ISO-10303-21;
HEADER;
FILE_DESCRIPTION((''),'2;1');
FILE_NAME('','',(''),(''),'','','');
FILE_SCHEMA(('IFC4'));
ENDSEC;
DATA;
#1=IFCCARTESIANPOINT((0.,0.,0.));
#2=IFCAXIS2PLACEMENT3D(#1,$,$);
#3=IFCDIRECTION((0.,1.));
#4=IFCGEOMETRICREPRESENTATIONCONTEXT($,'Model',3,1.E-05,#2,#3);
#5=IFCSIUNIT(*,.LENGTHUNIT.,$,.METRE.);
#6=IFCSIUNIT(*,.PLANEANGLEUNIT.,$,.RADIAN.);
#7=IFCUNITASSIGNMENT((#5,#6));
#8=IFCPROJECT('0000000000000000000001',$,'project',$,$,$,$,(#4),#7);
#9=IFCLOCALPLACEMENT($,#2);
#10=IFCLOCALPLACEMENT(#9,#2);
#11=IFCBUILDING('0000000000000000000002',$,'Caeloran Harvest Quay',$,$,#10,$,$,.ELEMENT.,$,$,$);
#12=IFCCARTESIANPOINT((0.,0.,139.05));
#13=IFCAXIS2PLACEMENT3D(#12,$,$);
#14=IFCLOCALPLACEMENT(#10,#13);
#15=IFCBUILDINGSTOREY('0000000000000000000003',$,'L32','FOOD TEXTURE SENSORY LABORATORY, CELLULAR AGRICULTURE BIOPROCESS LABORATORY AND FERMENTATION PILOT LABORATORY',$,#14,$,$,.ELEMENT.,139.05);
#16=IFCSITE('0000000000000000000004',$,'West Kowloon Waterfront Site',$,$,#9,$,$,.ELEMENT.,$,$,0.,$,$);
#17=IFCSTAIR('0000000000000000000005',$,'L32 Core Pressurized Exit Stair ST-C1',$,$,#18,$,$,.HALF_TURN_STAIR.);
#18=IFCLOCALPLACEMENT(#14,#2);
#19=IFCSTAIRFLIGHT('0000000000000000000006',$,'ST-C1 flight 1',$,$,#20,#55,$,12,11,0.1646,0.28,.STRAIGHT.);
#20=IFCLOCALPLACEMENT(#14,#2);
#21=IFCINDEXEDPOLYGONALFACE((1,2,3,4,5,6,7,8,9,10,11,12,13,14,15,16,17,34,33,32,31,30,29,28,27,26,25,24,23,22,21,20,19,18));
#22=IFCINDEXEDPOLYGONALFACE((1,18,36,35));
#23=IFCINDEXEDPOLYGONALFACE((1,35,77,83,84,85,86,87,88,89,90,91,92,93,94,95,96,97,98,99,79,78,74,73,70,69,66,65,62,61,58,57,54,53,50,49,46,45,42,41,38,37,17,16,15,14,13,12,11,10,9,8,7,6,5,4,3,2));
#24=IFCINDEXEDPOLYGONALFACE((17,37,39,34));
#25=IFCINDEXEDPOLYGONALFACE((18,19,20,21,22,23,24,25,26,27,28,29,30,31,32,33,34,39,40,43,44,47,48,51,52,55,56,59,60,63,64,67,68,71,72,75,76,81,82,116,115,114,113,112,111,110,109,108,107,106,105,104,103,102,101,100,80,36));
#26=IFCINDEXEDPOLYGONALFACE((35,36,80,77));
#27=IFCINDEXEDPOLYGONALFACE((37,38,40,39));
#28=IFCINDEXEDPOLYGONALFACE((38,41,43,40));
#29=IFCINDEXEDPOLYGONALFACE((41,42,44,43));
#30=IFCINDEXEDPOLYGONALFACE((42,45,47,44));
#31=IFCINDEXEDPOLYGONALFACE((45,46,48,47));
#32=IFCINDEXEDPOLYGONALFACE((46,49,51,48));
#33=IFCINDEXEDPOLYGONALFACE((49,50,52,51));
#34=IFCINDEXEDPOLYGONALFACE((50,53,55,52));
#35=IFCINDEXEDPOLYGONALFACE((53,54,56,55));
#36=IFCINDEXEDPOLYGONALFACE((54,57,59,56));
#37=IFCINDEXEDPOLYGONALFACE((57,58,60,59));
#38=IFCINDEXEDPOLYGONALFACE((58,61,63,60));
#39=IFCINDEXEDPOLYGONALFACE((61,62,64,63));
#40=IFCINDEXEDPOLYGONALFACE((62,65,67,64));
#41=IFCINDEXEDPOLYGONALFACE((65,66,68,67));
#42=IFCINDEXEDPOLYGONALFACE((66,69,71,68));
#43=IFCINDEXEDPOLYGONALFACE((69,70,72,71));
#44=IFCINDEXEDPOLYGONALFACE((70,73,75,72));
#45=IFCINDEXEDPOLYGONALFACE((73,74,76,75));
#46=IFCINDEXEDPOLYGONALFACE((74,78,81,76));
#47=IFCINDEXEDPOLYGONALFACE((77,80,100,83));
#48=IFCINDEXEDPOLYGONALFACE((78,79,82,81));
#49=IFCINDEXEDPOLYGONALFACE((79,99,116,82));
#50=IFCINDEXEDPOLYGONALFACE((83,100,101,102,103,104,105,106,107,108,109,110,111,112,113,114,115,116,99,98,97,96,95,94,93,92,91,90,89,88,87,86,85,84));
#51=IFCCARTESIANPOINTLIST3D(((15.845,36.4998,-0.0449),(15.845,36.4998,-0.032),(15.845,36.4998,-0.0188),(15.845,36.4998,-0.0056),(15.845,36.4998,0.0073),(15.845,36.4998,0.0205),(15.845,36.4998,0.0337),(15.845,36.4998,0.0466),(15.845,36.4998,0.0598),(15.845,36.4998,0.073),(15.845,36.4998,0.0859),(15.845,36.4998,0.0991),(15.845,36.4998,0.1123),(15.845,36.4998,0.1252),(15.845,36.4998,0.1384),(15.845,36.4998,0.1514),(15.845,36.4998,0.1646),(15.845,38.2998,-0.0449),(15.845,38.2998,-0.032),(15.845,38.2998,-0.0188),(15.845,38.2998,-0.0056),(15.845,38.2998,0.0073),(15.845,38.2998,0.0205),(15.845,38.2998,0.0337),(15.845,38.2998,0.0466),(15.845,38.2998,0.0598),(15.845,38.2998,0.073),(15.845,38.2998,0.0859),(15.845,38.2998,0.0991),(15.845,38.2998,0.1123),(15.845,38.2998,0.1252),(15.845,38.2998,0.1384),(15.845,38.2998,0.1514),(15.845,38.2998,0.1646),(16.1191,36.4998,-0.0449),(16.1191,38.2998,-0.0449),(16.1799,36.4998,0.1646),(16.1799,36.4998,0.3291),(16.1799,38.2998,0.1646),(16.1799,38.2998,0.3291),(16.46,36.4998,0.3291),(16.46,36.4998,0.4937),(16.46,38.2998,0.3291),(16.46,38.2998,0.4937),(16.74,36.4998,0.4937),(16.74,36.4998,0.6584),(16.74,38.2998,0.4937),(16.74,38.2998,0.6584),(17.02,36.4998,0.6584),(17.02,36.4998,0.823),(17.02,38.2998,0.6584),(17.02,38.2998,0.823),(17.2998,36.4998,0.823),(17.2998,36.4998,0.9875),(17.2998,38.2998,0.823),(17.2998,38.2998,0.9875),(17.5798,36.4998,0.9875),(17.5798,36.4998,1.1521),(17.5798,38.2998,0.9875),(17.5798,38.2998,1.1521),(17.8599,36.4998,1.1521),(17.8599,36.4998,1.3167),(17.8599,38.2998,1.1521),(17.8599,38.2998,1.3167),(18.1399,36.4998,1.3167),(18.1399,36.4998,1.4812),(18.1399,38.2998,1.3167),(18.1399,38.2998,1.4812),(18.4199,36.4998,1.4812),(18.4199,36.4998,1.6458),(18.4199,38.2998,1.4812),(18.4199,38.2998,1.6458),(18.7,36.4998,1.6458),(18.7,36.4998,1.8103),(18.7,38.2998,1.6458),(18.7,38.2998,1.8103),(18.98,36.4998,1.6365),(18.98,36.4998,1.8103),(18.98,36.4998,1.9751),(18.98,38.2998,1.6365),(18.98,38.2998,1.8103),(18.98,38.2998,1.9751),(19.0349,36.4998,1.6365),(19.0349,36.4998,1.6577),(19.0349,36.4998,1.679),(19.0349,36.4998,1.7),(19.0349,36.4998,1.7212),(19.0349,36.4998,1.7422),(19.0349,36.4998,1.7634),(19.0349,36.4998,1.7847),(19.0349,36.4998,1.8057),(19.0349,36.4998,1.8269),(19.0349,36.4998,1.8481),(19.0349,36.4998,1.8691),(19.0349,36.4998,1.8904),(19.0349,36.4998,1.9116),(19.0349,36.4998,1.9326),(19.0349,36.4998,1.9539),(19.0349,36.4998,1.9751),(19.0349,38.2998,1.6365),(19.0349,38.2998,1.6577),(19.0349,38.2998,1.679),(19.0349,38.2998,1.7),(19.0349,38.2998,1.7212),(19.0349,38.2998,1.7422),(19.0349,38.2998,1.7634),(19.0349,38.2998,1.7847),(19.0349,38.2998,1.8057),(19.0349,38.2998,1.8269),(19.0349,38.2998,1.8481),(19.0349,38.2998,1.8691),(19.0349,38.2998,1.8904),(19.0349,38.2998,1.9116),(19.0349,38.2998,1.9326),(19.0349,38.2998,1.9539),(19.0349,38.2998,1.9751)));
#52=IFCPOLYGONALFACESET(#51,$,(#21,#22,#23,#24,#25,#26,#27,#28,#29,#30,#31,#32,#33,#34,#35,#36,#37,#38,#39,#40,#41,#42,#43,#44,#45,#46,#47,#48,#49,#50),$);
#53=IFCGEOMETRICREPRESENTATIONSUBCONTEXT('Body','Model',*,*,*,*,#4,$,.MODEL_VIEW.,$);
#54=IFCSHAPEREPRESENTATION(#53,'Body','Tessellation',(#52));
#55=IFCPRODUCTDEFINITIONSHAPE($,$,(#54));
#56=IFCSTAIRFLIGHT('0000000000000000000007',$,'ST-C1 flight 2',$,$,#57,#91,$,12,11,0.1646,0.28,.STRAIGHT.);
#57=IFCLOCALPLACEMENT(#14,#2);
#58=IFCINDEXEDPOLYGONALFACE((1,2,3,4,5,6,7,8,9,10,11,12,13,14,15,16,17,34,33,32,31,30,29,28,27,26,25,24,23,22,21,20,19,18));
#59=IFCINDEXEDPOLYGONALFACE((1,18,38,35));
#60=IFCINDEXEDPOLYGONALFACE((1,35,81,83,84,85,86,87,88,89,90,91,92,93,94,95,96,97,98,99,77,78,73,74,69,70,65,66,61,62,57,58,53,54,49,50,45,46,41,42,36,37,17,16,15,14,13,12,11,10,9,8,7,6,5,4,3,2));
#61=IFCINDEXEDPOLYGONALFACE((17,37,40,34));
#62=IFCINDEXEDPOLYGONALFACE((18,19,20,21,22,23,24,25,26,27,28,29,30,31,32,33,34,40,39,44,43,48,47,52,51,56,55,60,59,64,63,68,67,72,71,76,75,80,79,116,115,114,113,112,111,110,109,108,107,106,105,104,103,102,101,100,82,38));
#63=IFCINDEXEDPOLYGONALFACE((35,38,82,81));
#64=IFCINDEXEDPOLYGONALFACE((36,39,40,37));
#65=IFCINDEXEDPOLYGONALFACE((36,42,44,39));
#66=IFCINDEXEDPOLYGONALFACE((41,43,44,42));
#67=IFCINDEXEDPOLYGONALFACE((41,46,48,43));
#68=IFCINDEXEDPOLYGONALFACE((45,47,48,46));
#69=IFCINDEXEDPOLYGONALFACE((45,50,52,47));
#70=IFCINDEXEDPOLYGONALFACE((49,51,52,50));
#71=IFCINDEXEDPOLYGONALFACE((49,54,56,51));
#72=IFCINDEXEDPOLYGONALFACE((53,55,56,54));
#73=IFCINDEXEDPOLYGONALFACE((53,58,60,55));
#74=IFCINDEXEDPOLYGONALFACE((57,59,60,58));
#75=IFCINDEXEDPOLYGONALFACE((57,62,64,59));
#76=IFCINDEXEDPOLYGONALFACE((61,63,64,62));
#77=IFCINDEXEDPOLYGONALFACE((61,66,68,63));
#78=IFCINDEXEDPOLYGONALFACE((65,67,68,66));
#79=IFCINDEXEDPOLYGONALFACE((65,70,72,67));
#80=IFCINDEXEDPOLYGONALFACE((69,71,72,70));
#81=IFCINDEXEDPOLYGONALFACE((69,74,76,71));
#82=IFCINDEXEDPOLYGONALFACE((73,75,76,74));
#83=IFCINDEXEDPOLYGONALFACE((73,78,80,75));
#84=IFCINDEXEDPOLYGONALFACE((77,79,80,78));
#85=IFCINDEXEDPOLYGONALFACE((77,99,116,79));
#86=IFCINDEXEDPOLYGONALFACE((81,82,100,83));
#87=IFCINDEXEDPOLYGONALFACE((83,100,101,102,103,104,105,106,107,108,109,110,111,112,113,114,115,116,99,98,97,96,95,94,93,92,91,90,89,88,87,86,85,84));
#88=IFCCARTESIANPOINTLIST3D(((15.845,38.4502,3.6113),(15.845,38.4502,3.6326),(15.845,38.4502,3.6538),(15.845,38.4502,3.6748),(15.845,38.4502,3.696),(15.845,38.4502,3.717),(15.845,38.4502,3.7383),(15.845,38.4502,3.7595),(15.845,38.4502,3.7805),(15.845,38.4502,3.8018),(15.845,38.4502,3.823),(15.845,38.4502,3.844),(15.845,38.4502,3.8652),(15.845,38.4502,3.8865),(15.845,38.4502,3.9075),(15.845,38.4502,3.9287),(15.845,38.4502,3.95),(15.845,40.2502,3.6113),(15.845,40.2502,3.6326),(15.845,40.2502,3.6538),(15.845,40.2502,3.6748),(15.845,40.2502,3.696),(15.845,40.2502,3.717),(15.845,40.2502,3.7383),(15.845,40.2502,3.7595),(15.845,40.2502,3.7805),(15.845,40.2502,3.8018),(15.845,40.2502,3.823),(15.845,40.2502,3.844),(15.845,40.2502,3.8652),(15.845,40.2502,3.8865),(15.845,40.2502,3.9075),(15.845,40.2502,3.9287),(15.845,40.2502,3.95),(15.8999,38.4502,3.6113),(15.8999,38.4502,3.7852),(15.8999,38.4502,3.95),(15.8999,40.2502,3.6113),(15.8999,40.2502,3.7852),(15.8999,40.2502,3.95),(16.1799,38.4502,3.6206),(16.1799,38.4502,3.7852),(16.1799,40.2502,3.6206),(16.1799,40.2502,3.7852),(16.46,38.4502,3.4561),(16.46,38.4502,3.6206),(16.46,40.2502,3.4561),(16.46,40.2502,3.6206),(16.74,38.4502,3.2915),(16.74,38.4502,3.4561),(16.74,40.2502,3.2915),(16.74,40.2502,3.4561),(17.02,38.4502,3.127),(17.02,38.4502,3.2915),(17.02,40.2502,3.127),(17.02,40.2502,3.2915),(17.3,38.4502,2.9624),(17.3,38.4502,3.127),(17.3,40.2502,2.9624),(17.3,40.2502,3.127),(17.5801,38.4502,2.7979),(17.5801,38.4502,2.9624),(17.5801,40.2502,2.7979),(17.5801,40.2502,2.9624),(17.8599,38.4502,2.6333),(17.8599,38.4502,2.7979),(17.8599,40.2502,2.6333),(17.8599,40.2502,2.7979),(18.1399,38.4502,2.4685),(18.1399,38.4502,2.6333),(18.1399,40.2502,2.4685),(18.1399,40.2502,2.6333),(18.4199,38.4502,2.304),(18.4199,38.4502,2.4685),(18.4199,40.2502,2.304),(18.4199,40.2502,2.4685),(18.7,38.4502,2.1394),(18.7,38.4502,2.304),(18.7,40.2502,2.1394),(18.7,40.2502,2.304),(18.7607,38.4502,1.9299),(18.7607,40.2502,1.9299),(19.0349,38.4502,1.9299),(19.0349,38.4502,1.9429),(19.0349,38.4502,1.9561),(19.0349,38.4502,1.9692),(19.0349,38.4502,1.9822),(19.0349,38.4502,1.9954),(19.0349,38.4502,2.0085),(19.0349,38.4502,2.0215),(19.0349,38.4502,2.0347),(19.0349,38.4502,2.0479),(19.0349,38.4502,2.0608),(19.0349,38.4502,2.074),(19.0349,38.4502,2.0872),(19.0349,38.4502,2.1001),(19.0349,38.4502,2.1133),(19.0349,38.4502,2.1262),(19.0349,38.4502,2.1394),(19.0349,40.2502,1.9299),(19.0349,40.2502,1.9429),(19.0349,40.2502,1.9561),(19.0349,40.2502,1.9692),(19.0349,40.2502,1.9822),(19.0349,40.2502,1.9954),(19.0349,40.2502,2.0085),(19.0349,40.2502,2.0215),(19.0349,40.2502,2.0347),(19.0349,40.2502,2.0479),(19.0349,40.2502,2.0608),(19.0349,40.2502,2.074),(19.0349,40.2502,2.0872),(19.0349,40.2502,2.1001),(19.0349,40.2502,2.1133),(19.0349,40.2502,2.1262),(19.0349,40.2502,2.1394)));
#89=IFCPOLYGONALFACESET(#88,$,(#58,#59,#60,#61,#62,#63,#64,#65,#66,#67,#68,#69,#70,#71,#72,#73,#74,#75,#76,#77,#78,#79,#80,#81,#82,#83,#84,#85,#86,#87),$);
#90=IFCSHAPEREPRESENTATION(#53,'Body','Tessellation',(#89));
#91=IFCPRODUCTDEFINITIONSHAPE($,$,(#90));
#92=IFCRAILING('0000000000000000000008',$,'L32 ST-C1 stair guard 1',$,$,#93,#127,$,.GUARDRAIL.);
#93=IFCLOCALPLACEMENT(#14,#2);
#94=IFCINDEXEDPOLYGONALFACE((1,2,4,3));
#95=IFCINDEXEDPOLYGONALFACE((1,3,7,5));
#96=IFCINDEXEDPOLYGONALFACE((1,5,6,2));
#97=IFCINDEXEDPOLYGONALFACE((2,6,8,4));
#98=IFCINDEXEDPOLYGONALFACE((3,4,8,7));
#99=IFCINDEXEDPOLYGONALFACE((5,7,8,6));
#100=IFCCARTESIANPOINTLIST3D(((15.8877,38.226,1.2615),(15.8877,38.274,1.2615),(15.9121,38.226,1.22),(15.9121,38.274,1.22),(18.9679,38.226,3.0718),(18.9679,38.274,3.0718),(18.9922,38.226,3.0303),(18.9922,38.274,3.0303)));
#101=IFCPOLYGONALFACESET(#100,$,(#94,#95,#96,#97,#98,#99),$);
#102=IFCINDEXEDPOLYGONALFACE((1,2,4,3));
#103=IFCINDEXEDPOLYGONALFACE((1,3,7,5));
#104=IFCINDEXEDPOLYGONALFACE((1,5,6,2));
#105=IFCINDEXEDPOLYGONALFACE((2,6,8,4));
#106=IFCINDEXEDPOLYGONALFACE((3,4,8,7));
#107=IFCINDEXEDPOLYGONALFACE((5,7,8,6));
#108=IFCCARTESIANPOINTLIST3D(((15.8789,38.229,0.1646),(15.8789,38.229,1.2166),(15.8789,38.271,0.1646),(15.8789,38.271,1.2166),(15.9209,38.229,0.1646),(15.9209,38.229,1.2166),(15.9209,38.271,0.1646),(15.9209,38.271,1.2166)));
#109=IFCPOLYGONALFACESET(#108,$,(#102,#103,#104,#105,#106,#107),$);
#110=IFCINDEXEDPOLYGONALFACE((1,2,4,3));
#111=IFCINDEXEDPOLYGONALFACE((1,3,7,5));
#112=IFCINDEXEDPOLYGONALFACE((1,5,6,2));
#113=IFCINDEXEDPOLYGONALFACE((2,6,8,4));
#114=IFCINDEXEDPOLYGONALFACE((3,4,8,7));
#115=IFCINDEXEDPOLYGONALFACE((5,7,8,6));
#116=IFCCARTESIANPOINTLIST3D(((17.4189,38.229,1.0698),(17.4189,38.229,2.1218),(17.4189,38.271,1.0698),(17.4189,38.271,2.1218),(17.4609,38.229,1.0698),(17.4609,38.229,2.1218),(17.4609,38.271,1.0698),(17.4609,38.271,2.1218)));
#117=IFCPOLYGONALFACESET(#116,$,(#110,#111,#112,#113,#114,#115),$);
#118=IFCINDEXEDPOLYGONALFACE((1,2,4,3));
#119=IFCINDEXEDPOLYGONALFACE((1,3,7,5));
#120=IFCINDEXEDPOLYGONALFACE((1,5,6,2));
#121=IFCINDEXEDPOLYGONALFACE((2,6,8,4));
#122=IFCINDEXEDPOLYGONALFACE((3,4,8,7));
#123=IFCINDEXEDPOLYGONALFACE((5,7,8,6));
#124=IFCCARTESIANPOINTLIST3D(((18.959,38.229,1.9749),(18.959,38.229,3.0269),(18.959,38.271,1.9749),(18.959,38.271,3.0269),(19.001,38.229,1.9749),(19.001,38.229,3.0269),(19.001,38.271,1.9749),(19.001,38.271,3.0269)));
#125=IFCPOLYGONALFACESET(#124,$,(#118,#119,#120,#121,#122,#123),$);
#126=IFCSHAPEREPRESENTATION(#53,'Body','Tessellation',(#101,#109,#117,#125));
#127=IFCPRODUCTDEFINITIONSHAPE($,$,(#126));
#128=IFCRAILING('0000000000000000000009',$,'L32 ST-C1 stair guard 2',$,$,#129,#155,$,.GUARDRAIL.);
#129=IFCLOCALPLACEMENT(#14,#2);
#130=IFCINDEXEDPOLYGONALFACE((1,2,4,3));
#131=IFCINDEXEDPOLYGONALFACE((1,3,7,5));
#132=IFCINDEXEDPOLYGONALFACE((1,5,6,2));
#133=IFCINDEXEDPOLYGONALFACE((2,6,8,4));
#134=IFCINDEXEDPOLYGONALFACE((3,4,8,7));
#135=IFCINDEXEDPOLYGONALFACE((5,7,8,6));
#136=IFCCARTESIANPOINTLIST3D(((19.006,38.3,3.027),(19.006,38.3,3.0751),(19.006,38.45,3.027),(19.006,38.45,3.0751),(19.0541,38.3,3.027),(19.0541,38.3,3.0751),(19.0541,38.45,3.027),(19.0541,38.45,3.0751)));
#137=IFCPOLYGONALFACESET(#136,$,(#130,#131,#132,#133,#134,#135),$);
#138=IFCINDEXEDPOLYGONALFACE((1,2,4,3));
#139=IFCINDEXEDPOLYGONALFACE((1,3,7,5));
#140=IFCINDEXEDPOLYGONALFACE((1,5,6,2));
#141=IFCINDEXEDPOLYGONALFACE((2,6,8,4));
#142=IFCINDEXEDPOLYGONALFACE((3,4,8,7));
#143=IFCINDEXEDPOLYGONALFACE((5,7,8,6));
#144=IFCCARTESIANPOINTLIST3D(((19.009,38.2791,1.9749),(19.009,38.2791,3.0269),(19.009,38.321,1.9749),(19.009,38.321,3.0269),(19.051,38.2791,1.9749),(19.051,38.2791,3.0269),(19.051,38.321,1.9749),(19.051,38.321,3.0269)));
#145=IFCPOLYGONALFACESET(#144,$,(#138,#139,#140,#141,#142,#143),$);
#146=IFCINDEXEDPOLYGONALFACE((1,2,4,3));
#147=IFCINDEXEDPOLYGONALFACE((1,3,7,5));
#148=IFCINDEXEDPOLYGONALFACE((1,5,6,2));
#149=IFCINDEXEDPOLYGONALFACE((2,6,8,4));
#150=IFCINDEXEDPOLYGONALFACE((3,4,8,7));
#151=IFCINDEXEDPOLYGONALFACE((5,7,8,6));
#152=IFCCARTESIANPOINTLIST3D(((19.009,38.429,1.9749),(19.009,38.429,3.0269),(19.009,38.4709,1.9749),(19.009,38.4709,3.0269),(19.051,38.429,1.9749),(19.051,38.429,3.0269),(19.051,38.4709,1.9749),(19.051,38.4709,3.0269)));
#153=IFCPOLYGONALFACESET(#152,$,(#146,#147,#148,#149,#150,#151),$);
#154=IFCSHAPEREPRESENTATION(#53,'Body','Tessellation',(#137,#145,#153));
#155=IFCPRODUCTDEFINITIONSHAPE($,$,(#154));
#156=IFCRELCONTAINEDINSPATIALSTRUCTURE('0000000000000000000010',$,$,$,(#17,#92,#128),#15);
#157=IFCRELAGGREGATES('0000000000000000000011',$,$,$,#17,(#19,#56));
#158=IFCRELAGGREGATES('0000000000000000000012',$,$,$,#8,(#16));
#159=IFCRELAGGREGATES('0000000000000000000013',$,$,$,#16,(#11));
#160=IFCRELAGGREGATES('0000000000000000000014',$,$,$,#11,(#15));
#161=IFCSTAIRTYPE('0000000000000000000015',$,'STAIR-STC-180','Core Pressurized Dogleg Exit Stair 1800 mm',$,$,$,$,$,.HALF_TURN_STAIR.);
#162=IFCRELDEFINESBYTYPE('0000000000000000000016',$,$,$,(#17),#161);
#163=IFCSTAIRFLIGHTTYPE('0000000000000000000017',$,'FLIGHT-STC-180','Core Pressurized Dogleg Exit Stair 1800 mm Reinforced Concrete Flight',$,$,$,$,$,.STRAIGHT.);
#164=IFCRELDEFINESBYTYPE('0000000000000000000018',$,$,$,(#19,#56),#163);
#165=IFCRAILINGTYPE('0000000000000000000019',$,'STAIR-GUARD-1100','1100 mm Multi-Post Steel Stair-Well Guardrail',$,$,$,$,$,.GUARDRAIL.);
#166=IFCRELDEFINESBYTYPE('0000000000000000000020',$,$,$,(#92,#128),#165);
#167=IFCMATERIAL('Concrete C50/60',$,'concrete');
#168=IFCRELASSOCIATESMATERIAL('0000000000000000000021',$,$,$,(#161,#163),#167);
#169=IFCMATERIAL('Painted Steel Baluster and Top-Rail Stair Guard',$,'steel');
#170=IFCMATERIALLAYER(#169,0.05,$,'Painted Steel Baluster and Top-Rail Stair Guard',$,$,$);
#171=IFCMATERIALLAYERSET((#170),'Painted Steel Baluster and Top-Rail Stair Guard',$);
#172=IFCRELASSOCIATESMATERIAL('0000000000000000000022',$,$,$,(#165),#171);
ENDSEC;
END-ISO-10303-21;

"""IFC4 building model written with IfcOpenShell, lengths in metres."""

from ifc_helpers import new_model, si_unit, direction, frame, origin, origin_2d, place, context, subcontext, project, spatial, polyline, rectangle, outline, extrude, material, layer, layer_set, type_object, element, aggregate, save


model = new_model("IFC4")

# Units and contexts
model_context = context("Model", 3, precision=1e-05, world=origin(), true_north=direction((0.0, 1.0)))
body_context = subcontext(model_context, "Body", "Model", "MODEL_VIEW")
ifc_project = project(units=[si_unit("LENGTHUNIT", "METRE"), si_unit("PLANEANGLEUNIT", "RADIAN")], contexts=[model_context])

# Site, building, storey
site_placement = place(None, origin())
site = spatial("IfcSite", under=ifc_project, at=site_placement, Name="West Kowloon Waterfront Site", CompositionType="ELEMENT", RefElevation=0.0)
building_placement = place(site_placement, origin())
building = spatial("IfcBuilding", under=site, at=building_placement, Name="Caeloran Harvest Quay", CompositionType="ELEMENT")
storey_placement = place(building_placement, frame((0.0, 0.0, 139.05)))
storey = spatial("IfcBuildingStorey", under=building, at=storey_placement, Name="L32", Description="FOOD TEXTURE SENSORY LABORATORY, CELLULAR AGRICULTURE BIOPROCESS LABORATORY AND FERMENTATION PILOT LABORATORY", CompositionType="ELEMENT", Elevation=139.05)

# Stair, stair flights
ifc_material_1 = material(Name="Concrete C50/60", Category="concrete")
stair_type = type_object("IfcStairType", Name="STAIR-STC-180", Description="Core Pressurized Dogleg Exit Stair 1800 mm", PredefinedType="HALF_TURN_STAIR", material=ifc_material_1)
stair_placement = place(storey_placement, origin())
stair = element("IfcStair", 1, at=stair_placement, inside=storey, type_object=stair_type, Name="L32 Core Pressurized Exit Stair ST-C1", PredefinedType="HALF_TURN_STAIR")
stair_flight_type = type_object("IfcStairFlightType", Name="FLIGHT-STC-180", Description="Core Pressurized Dogleg Exit Stair 1800 mm Reinforced Concrete Flight", PredefinedType="STRAIGHT", material=ifc_material_1)
stair_flight_1_placement = place(storey_placement, frame((15.8999, 37.3999, 0.0), z_axis=(0.0, 0.0, 1.0), x_axis=(1.0, 0.0, 0.0)))
stair_flight_1 = element("IfcStairFlight", 2, at=stair_flight_1_placement, type_object=stair_flight_type, Name="ST-C1 flight 1", NumberOfRisers=12, NumberOfTreads=11, PredefinedType="STRAIGHT", RiserHeight=0.1646, TreadLength=0.28, context=body_context, shape_type="SweptSolid", body=[
    extrude(outline(polyline([(-0.0549, -0.0449), (-0.0549, -0.032), (-0.0549, -0.0188), (-0.0549, -0.0056), (-0.0549, 0.0073), (-0.0549, 0.0205), (-0.0549, 0.0337), (-0.0549, 0.0466), (-0.0549, 0.0598), (-0.0549, 0.073), (-0.0549, 0.0859), (-0.0549, 0.0991), (-0.0549, 0.1123), (-0.0549, 0.1252), (-0.0549, 0.1384), (-0.0549, 0.1514), (-0.0549, 0.1646), (0.28, 0.1646), (0.28, 0.3291), (0.5601, 0.3291), (0.5601, 0.4937), (0.8401, 0.4937), (0.8401, 0.6584), (1.1201, 0.6584), (1.1201, 0.823), (1.3999, 0.823), (1.3999, 0.9875), (1.6799, 0.9875), (1.6799, 1.1521), (1.96, 1.1521), (1.96, 1.3167), (2.24, 1.3167), (2.24, 1.4812), (2.52, 1.4812), (2.52, 1.6458), (2.8, 1.6458), (2.8, 1.8103), (3.0801, 1.8103), (3.0801, 1.9751), (3.135, 1.9751), (3.135, 1.9539), (3.135, 1.9326), (3.135, 1.9116), (3.135, 1.8904), (3.135, 1.8691), (3.135, 1.8481), (3.135, 1.8269), (3.135, 1.8057), (3.135, 1.7847), (3.135, 1.7634), (3.135, 1.7422), (3.135, 1.7212), (3.135, 1.7), (3.135, 1.679), (3.135, 1.6577), (3.135, 1.6365), (3.0801, 1.6365), (0.2192, -0.0449), (-0.0549, -0.0449)])), frame((0.0, 0.8999, 0.0), z_axis=(0.0, -1.0, 0.0), x_axis=(1.0, 0.0, 0.0)), (0.0, 0.0, 1.0), 1.8),
])
stair_flight_2_placement = place(storey_placement, frame((18.98, 39.3501, 1.9749), z_axis=(0.0, 0.0, 1.0), x_axis=(-1.0, 0.0, 0.0)))
stair_flight_2 = element("IfcStairFlight", 3, at=stair_flight_2_placement, type_object=stair_flight_type, Name="ST-C1 flight 2", NumberOfRisers=12, NumberOfTreads=11, PredefinedType="STRAIGHT", RiserHeight=0.1646, TreadLength=0.28, context=body_context, shape_type="SweptSolid", body=[
    extrude(outline(polyline([(-0.0549, -0.0449), (-0.0549, -0.032), (-0.0549, -0.0188), (-0.0549, -0.0056), (-0.0549, 0.0073), (-0.0549, 0.0205), (-0.0549, 0.0337), (-0.0549, 0.0466), (-0.0549, 0.0598), (-0.0549, 0.073), (-0.0549, 0.0859), (-0.0549, 0.0991), (-0.0549, 0.1123), (-0.0549, 0.1252), (-0.0549, 0.1384), (-0.0549, 0.1514), (-0.0549, 0.1646), (0.28, 0.1646), (0.28, 0.3291), (0.5601, 0.3291), (0.5601, 0.4937), (0.8401, 0.4937), (0.8401, 0.6584), (1.1201, 0.6584), (1.1201, 0.823), (1.3999, 0.823), (1.3999, 0.9875), (1.6799, 0.9875), (1.6799, 1.1521), (1.96, 1.1521), (1.96, 1.3167), (2.24, 1.3167), (2.24, 1.4812), (2.52, 1.4812), (2.52, 1.6458), (2.8, 1.6458), (2.8, 1.8103), (3.0801, 1.8103), (3.0801, 1.9751), (3.135, 1.9751), (3.135, 1.9539), (3.135, 1.9326), (3.135, 1.9116), (3.135, 1.8904), (3.135, 1.8691), (3.135, 1.8481), (3.135, 1.8269), (3.135, 1.8057), (3.135, 1.7847), (3.135, 1.7634), (3.135, 1.7422), (3.135, 1.7212), (3.135, 1.7), (3.135, 1.679), (3.135, 1.6577), (3.135, 1.6365), (3.0801, 1.6365), (0.2192, -0.0449), (-0.0549, -0.0449)])), frame((0.0, 0.8999, 0.0), z_axis=(0.0, -1.0, 0.0), x_axis=(1.0, 0.0, 0.0)), (0.0, 0.0, 1.0), 1.8),
])
aggregate(stair, [stair_flight_1, stair_flight_2])

# Railings
ifc_material_2 = material(Name="Painted Steel Baluster and Top-Rail Stair Guard", Category="steel")
ifc_layer_1 = layer(ifc_material_2, 0.05, Name="Painted Steel Baluster and Top-Rail Stair Guard")
ifc_layer_set_1 = layer_set([ifc_layer_1], Name="Painted Steel Baluster and Top-Rail Stair Guard")
railing_type_1 = type_object("IfcRailingType", Name="STAIR-GUARD-1100", Description="1100 mm Multi-Post Steel Stair-Well Guardrail", PredefinedType="GUARDRAIL", material=ifc_layer_set_1)
railing_1_placement = place(storey_placement, frame((15.8999, 38.25, 0.1646)))
element("IfcRailing", 4, at=railing_1_placement, inside=storey, type_object=railing_type_1, Name="L32 ST-C1 stair guard 1", PredefinedType="GUARDRAIL", context=body_context, shape_type="SweptSolid", body=[
    extrude(rectangle(XDim=0.0481, YDim=0.0481, at=origin_2d()), frame((0.0, 0.0, 1.0762), z_axis=(0.862119, 0.0, 0.506707), x_axis=(0.0, 1.0, 0.0)), (0.0, 0.0, 1.0), 3.5728),
    extrude(rectangle(XDim=0.042, YDim=0.042, at=origin_2d()), origin(), (0.0, 0.0, 1.0), 1.052),
    extrude(rectangle(XDim=0.042, YDim=0.042, at=origin_2d()), frame((1.54, 0.0, 0.9053)), (0.0, 0.0, 1.0), 1.052),
    extrude(rectangle(XDim=0.042, YDim=0.042, at=origin_2d()), frame((3.0801, 0.0, 1.8103)), (0.0, 0.0, 1.0), 1.052),
])
railing_2_placement = place(storey_placement, frame((19.03, 38.3, 1.9749)))
element("IfcRailing", 5, at=railing_2_placement, inside=storey, type_object=railing_type_1, Name="L32 ST-C1 stair guard 2", PredefinedType="GUARDRAIL", context=body_context, shape_type="SweptSolid", body=[
    extrude(rectangle(XDim=0.0481, YDim=0.0481, at=origin_2d()), frame((0.0, 0.0, 1.0762), z_axis=(0.0, 1.0, 0.0), x_axis=(-1.0, 0.0, 0.0)), (0.0, 0.0, 1.0), 0.1499),
    extrude(rectangle(XDim=0.042, YDim=0.042, at=origin_2d()), origin(), (0.0, 0.0, 1.0), 1.052),
    extrude(rectangle(XDim=0.042, YDim=0.042, at=origin_2d()), frame((0.0, 0.1499, 0.0)), (0.0, 0.0, 1.0), 1.052),
])

save(model, "model.ifc")
